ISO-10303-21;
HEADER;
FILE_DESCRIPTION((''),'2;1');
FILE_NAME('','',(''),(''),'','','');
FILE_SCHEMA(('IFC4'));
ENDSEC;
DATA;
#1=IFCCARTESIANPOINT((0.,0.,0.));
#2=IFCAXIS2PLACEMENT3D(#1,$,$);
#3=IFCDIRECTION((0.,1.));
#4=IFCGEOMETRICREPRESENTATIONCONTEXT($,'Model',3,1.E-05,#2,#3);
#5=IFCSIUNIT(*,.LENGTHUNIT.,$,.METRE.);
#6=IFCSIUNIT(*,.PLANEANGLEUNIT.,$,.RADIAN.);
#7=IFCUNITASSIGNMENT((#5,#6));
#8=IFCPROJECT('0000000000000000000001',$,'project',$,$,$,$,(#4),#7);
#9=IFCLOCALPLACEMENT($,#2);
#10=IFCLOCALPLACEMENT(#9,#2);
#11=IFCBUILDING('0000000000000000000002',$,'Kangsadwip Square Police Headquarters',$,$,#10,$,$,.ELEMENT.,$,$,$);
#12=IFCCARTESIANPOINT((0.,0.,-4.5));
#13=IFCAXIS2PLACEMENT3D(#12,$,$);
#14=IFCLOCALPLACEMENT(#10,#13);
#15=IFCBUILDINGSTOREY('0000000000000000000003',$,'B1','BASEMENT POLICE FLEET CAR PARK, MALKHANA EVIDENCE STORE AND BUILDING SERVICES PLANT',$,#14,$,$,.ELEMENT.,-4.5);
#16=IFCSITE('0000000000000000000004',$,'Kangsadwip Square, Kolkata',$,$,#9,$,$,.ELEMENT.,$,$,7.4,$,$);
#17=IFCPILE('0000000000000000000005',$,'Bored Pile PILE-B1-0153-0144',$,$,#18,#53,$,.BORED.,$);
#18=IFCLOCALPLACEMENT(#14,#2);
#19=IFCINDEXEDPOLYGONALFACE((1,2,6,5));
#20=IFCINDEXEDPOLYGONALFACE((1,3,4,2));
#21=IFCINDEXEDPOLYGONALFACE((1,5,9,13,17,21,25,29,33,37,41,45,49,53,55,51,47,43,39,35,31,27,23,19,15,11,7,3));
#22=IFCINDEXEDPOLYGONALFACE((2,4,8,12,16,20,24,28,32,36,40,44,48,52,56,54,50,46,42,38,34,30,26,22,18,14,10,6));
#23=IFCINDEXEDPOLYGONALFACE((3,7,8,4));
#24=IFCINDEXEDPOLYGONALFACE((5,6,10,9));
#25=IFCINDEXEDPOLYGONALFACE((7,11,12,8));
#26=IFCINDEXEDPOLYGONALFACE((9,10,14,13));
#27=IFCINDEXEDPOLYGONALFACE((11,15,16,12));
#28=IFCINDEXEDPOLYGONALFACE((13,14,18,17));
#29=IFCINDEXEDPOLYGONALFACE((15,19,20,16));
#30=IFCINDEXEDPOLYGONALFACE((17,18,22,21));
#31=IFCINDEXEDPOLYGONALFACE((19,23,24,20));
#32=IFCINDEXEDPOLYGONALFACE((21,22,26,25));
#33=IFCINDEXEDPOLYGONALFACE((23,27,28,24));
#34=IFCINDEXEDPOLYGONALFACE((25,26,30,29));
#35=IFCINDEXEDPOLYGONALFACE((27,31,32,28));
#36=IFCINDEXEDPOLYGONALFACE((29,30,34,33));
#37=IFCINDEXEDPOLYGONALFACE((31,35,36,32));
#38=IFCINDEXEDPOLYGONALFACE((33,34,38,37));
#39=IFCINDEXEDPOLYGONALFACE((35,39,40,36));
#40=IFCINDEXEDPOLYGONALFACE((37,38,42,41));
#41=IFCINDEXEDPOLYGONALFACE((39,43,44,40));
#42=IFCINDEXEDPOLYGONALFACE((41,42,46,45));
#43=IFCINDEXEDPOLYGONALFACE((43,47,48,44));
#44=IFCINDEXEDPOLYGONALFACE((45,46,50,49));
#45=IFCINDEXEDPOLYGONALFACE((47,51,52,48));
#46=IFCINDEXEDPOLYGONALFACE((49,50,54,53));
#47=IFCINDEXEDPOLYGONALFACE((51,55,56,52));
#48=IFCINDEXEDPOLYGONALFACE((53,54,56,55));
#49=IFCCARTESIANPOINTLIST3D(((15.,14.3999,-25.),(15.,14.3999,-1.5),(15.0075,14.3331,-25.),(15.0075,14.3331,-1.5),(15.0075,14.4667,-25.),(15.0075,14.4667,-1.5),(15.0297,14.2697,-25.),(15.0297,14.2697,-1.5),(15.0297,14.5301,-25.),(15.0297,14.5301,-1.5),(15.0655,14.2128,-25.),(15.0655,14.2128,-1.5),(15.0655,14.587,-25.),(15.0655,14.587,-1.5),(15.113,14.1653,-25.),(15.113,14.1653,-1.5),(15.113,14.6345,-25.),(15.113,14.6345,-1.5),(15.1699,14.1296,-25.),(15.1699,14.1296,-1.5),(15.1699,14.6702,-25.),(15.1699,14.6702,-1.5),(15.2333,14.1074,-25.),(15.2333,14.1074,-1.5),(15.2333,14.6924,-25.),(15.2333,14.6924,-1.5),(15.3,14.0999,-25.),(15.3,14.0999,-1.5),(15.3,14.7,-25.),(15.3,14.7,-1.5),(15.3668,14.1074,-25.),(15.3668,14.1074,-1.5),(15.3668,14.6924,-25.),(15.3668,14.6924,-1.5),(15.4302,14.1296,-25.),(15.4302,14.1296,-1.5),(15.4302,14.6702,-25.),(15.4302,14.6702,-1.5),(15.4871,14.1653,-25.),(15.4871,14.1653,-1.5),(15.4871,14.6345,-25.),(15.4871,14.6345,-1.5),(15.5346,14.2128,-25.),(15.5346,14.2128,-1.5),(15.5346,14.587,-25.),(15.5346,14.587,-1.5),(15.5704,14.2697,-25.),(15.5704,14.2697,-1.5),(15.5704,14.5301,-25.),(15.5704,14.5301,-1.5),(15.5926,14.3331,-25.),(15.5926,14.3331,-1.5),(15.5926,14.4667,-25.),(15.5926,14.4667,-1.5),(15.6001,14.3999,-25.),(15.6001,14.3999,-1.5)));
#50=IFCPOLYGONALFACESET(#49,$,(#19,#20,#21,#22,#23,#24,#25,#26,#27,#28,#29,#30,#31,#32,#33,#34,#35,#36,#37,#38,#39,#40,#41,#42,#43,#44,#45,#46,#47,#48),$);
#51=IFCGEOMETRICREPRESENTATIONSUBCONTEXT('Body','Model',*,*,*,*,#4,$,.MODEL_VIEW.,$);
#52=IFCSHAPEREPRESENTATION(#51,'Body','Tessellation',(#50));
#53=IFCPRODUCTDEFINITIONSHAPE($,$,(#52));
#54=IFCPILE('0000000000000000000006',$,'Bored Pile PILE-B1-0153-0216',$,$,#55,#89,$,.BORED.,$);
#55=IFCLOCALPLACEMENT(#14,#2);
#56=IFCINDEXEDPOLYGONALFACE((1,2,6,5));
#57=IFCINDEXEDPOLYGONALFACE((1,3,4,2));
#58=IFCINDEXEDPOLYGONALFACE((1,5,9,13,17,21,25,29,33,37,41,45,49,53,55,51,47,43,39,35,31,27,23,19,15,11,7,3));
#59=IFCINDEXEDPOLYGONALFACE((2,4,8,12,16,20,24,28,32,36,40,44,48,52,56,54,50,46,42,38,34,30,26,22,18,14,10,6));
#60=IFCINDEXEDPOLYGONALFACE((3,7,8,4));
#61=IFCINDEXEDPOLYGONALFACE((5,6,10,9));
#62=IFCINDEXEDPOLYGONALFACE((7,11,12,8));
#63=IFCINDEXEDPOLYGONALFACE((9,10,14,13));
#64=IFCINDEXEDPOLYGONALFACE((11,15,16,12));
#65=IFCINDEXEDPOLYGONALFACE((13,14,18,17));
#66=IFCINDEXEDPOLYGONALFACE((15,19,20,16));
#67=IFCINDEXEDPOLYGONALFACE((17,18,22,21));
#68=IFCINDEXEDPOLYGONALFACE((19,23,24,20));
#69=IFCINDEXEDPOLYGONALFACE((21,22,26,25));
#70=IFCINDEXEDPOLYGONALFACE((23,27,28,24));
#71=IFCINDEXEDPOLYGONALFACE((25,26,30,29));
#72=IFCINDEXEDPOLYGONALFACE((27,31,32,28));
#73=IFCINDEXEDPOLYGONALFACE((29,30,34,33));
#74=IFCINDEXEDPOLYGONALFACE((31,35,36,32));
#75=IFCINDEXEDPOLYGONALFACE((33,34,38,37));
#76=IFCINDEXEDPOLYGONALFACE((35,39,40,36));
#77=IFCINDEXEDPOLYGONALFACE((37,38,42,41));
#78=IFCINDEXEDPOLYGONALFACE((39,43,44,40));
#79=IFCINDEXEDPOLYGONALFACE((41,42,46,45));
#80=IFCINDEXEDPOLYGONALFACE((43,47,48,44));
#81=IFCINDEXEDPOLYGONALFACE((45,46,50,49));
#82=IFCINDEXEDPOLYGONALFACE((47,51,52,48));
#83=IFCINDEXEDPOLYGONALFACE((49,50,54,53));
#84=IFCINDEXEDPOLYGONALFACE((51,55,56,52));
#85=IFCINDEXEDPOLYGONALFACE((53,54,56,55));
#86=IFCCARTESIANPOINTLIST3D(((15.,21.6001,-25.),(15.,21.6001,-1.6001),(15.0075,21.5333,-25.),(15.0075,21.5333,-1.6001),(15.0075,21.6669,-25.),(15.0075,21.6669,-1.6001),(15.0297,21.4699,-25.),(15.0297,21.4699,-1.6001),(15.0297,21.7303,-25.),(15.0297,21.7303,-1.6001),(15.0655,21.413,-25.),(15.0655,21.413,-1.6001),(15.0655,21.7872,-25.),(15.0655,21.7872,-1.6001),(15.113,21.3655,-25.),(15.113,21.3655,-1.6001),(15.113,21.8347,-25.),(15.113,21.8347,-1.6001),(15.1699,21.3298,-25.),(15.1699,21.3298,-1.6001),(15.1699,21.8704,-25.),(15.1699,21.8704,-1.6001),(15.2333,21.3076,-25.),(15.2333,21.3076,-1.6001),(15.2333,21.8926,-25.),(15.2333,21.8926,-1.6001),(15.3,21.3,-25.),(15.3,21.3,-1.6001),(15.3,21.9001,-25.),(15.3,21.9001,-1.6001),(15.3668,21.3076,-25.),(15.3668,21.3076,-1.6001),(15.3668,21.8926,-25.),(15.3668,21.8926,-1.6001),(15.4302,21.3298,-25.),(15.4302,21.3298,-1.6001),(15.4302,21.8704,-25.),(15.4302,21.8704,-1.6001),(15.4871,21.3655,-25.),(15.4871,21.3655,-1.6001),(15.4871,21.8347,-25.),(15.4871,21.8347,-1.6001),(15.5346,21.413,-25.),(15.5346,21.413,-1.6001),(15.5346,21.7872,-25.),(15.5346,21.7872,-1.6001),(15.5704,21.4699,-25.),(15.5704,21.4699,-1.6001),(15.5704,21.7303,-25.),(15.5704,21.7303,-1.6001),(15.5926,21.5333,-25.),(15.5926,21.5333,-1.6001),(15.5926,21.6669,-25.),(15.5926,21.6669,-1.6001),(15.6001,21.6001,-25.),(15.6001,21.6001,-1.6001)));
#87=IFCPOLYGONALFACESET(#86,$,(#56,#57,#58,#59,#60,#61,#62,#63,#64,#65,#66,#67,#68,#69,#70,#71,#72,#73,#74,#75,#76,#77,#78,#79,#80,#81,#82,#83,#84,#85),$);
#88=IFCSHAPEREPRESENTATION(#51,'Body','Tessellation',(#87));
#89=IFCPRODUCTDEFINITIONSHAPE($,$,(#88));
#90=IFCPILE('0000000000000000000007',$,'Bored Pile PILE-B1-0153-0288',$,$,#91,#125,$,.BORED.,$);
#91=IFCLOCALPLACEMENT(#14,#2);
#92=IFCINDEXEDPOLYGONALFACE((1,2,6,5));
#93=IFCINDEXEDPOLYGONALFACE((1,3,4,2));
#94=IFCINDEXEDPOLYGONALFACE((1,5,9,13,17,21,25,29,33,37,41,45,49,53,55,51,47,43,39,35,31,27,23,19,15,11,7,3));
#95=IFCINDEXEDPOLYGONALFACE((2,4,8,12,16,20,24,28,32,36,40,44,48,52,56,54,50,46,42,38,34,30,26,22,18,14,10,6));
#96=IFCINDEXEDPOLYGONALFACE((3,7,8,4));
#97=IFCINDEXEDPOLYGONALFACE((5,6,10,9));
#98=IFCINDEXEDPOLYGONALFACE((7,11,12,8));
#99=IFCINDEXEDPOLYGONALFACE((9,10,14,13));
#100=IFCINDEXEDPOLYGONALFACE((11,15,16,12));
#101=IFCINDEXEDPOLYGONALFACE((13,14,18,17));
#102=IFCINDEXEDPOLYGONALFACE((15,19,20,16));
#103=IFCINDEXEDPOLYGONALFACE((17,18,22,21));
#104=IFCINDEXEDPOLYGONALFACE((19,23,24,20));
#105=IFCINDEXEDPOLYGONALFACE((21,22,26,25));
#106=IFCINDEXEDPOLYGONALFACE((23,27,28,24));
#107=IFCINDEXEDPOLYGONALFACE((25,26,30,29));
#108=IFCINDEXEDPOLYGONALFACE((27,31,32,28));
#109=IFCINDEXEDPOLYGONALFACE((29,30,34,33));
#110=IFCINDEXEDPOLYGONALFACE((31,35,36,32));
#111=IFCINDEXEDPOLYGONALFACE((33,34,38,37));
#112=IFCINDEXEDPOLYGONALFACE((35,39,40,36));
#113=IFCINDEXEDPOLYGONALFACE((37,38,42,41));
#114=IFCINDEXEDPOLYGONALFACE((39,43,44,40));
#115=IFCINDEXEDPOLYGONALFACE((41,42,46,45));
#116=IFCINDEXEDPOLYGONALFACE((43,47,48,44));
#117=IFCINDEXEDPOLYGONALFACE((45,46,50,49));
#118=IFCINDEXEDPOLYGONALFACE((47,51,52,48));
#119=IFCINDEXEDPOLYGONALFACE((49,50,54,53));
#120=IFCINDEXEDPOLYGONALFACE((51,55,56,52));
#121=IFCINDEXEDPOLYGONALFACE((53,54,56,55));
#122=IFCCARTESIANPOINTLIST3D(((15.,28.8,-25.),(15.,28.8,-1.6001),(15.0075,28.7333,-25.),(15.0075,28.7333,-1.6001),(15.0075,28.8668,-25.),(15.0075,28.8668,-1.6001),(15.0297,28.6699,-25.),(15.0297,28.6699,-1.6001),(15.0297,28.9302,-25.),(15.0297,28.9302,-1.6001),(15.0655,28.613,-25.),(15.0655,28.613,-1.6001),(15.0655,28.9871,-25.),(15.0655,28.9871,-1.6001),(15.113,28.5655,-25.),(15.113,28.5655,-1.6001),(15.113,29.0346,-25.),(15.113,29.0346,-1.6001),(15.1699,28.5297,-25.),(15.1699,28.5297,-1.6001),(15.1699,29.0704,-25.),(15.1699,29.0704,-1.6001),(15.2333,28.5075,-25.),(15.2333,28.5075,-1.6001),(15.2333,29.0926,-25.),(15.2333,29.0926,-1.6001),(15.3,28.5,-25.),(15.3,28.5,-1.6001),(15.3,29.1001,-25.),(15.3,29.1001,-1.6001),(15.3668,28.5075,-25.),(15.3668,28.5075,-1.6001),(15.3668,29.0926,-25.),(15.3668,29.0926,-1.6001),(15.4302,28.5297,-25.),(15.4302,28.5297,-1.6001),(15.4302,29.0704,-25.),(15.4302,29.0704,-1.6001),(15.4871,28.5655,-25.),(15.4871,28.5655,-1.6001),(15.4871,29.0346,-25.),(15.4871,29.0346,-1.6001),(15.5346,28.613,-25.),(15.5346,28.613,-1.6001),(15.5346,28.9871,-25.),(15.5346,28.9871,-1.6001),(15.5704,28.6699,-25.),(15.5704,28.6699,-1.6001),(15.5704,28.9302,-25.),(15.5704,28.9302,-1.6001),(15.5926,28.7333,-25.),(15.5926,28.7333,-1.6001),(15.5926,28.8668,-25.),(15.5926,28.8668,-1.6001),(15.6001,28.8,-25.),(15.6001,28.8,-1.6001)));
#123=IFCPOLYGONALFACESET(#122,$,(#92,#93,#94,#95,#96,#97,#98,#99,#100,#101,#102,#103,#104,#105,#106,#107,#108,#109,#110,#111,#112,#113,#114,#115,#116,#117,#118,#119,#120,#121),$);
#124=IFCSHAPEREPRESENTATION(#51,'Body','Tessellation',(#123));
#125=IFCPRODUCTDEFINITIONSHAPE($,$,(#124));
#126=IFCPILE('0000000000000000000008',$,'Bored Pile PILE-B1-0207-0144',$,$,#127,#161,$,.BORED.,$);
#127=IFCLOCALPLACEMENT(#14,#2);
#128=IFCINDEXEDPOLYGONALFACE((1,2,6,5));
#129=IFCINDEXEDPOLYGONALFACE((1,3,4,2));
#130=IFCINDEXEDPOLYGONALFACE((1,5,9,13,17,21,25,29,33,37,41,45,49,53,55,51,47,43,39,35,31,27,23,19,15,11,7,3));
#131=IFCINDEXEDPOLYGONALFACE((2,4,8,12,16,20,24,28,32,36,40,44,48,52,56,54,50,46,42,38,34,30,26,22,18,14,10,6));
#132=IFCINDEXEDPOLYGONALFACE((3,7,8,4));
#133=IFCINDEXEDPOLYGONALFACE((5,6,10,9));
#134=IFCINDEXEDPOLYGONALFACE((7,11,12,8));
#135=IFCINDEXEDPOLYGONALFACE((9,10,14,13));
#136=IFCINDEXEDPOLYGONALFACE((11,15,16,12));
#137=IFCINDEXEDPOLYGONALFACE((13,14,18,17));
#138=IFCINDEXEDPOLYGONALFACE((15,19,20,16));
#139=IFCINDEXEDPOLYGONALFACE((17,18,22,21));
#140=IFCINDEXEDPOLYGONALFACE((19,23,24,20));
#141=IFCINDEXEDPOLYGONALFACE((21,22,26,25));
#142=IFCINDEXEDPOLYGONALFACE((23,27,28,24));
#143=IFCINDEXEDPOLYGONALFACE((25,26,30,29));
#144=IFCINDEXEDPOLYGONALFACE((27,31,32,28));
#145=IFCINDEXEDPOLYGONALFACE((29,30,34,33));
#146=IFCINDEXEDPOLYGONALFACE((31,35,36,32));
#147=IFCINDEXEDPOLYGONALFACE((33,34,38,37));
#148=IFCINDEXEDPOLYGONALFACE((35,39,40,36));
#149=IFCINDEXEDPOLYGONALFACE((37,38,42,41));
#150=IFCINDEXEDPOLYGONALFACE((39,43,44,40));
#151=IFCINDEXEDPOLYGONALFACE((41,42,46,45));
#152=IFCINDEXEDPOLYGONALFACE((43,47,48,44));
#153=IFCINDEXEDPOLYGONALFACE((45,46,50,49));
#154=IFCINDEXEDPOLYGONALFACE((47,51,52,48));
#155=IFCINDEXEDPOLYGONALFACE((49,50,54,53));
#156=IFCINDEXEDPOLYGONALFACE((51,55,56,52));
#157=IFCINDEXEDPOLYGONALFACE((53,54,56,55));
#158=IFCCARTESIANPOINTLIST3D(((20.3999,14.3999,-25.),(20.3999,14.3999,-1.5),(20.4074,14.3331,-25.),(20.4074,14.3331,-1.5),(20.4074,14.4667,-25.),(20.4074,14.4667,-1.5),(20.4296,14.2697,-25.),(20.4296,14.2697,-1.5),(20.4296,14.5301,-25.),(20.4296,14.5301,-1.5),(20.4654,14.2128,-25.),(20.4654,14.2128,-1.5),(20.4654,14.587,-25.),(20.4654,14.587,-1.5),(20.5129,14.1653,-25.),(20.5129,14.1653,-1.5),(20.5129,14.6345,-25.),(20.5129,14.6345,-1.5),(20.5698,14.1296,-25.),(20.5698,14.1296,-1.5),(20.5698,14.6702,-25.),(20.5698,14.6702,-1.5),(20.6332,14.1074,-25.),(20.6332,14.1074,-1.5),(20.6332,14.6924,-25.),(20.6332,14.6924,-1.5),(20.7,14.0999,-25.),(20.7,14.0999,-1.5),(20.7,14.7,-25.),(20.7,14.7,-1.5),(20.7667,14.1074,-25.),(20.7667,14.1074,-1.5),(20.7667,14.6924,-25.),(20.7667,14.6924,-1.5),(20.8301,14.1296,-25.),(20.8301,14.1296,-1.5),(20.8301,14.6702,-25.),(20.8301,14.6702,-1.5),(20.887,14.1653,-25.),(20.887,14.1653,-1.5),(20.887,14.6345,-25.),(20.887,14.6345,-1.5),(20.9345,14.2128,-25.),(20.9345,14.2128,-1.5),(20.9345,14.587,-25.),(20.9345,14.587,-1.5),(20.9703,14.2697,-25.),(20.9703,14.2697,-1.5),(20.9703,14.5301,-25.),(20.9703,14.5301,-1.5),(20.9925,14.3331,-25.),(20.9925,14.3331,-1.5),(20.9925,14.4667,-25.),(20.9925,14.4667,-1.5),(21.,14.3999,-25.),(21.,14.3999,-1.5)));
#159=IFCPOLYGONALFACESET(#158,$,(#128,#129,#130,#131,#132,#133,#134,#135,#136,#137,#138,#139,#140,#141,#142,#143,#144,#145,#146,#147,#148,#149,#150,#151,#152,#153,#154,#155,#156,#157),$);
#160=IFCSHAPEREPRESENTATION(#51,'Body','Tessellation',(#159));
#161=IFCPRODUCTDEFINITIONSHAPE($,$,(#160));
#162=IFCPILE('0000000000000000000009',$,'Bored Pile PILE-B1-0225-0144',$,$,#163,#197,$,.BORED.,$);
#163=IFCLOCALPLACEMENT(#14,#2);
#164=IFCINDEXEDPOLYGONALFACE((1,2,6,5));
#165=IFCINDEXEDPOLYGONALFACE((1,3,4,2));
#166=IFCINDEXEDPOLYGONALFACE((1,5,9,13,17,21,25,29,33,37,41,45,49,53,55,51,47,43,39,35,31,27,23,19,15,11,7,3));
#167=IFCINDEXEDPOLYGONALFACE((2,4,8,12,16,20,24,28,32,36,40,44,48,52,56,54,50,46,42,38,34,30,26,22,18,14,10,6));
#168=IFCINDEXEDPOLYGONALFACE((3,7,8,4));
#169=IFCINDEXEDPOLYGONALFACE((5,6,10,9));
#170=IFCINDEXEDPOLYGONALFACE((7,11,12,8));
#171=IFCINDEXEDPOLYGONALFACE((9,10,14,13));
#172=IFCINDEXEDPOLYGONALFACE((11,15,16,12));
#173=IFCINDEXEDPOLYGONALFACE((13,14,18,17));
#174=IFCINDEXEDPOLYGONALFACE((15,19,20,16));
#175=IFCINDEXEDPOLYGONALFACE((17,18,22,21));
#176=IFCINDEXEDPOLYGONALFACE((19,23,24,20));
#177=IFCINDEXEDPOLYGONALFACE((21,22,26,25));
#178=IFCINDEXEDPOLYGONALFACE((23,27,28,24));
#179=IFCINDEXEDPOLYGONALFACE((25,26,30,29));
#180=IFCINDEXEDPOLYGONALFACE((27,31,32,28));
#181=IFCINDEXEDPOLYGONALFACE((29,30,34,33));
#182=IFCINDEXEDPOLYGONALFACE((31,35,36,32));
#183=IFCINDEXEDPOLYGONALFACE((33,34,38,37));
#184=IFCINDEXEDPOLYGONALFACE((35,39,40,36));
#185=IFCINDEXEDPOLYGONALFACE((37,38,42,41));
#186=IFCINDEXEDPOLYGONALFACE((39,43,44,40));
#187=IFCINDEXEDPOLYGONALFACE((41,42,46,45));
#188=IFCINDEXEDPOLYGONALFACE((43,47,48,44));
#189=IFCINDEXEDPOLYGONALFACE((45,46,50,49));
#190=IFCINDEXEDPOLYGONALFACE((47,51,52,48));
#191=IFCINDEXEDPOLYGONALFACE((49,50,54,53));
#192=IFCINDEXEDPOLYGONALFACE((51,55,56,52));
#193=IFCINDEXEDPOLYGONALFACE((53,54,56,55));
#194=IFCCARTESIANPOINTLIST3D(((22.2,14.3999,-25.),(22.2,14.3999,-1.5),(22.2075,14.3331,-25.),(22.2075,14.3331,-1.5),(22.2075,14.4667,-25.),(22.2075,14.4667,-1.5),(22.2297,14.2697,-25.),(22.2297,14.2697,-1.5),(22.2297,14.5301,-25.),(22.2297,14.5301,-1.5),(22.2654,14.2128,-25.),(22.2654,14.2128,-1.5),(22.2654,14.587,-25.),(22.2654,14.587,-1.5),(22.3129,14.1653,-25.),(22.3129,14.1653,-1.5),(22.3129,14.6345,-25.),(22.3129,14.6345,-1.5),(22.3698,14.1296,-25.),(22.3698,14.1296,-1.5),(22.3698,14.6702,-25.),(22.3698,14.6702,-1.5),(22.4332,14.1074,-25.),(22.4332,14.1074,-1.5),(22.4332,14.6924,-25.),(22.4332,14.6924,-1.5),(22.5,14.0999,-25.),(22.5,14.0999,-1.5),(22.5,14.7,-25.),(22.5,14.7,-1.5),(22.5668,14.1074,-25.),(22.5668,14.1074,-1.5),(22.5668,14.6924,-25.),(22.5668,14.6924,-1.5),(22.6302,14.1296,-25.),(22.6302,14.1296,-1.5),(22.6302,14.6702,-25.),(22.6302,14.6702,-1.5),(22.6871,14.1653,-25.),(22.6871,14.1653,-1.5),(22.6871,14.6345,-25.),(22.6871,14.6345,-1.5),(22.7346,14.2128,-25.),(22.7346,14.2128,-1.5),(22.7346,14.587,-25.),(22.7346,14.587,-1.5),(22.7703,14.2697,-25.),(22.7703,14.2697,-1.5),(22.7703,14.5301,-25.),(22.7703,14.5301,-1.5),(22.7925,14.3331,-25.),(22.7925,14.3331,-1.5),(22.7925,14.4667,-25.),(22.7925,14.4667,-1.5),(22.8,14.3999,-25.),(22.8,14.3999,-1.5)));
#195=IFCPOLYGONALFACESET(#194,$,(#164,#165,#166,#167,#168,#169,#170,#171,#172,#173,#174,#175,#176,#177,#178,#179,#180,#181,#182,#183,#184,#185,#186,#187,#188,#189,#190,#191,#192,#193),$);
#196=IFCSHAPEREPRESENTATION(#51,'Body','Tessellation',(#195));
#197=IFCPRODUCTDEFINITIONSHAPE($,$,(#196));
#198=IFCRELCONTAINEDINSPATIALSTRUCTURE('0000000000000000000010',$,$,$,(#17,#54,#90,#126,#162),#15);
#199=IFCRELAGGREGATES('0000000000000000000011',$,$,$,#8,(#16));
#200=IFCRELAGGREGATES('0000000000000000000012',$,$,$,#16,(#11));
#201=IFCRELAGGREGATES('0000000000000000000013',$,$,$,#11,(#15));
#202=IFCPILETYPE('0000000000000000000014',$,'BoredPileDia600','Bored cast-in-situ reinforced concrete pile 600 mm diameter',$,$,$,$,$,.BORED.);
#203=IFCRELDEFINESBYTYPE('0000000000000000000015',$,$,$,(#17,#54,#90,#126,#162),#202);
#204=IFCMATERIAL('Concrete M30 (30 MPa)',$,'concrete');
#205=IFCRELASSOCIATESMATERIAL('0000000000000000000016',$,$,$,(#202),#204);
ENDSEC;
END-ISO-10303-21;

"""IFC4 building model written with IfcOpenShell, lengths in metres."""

from ifc_helpers import new_model, si_unit, direction, frame, origin, origin_2d, place, context, subcontext, project, spatial, circle, extrude, material, material_profile, profile_set, type_object, element, save


model = new_model("IFC4")

# Units and contexts
model_context = context("Model", 3, precision=1e-05, world=origin(), true_north=direction((0.0, 1.0)))
body_context = subcontext(model_context, "Body", "Model", "MODEL_VIEW")
ifc_project = project(units=[si_unit("LENGTHUNIT", "METRE"), si_unit("PLANEANGLEUNIT", "RADIAN")], contexts=[model_context])

# Site, building, storey
site_placement = place(None, origin())
site = spatial("IfcSite", under=ifc_project, at=site_placement, Name="Kangsadwip Square, Kolkata", CompositionType="ELEMENT", RefElevation=7.4)
building_placement = place(site_placement, origin())
building = spatial("IfcBuilding", under=site, at=building_placement, Name="Kangsadwip Square Police Headquarters", CompositionType="ELEMENT")
storey_placement = place(building_placement, frame((0.0, 0.0, -4.5)))
storey = spatial("IfcBuildingStorey", under=building, at=storey_placement, Name="B1", Description="BASEMENT POLICE FLEET CAR PARK, MALKHANA EVIDENCE STORE AND BUILDING SERVICES PLANT", CompositionType="ELEMENT", Elevation=-4.5)

# Piles
ifc_material_1 = material(Name="Concrete M30 (30 MPa)", Category="concrete")
ifc_material_profile_1 = material_profile(ifc_material_1, circle(Radius=0.3, at=origin_2d()), Name="PILE DIA 600")
ifc_profile_set_1 = profile_set([ifc_material_profile_1], Name="Concrete M30 (30 MPa)")
pile_type = type_object("IfcPileType", Name="BoredPileDia600", Description="Bored cast-in-situ reinforced concrete pile 600 mm diameter", PredefinedType="BORED", material=ifc_profile_set_1)
pile_1_placement = place(storey_placement, frame((15.3, 14.3999, -1.5), z_axis=(0.0, 0.0, -1.0), x_axis=(1.0, 0.0, 0.0)))
element("IfcPile", 1, at=pile_1_placement, inside=storey, type_object=pile_type, Name="Bored Pile PILE-B1-0153-0144", PredefinedType="BORED", context=body_context, shape_type="SweptSolid", body=[
    extrude(circle(Radius=0.3, at=origin_2d()), origin(), (0.0, 0.0, 1.0), 23.5),
])
for number, where, z_axis, x_axis, name in (
    (2, (15.3, 21.6001, -1.6001), (0.0, 0.0, -1.0), (1.0, 0.0, 0.0), "Bored Pile PILE-B1-0153-0216"),
    (3, (15.3, 28.8, -1.6001), (0.0, 0.0, -1.0), (1.0, 0.0, 0.0), "Bored Pile PILE-B1-0153-0288"),
):
    element("IfcPile", number, at=place(storey_placement, frame(where, z_axis=z_axis, x_axis=x_axis)), inside=storey, type_object=pile_type, Name=name, PredefinedType="BORED", context=body_context, shape_type="SweptSolid", body=[
        extrude(circle(Radius=0.3, at=origin_2d()), origin(), (0.0, 0.0, 1.0), 23.3999),
    ])
for number, where, z_axis, x_axis, name in (
    (4, (20.7, 14.3999, -1.5), (0.0, 0.0, -1.0), (1.0, 0.0, 0.0), "Bored Pile PILE-B1-0207-0144"),
    (5, (22.5, 14.3999, -1.5), (0.0, 0.0, -1.0), (1.0, 0.0, 0.0), "Bored Pile PILE-B1-0225-0144"),
):
    element("IfcPile", number, at=place(storey_placement, frame(where, z_axis=z_axis, x_axis=x_axis)), inside=storey, type_object=pile_type, Name=name, PredefinedType="BORED", context=body_context, shape_type="SweptSolid", body=[
        extrude(circle(Radius=0.3, at=origin_2d()), origin(), (0.0, 0.0, 1.0), 23.5),
    ])

save(model, "model.ifc")
